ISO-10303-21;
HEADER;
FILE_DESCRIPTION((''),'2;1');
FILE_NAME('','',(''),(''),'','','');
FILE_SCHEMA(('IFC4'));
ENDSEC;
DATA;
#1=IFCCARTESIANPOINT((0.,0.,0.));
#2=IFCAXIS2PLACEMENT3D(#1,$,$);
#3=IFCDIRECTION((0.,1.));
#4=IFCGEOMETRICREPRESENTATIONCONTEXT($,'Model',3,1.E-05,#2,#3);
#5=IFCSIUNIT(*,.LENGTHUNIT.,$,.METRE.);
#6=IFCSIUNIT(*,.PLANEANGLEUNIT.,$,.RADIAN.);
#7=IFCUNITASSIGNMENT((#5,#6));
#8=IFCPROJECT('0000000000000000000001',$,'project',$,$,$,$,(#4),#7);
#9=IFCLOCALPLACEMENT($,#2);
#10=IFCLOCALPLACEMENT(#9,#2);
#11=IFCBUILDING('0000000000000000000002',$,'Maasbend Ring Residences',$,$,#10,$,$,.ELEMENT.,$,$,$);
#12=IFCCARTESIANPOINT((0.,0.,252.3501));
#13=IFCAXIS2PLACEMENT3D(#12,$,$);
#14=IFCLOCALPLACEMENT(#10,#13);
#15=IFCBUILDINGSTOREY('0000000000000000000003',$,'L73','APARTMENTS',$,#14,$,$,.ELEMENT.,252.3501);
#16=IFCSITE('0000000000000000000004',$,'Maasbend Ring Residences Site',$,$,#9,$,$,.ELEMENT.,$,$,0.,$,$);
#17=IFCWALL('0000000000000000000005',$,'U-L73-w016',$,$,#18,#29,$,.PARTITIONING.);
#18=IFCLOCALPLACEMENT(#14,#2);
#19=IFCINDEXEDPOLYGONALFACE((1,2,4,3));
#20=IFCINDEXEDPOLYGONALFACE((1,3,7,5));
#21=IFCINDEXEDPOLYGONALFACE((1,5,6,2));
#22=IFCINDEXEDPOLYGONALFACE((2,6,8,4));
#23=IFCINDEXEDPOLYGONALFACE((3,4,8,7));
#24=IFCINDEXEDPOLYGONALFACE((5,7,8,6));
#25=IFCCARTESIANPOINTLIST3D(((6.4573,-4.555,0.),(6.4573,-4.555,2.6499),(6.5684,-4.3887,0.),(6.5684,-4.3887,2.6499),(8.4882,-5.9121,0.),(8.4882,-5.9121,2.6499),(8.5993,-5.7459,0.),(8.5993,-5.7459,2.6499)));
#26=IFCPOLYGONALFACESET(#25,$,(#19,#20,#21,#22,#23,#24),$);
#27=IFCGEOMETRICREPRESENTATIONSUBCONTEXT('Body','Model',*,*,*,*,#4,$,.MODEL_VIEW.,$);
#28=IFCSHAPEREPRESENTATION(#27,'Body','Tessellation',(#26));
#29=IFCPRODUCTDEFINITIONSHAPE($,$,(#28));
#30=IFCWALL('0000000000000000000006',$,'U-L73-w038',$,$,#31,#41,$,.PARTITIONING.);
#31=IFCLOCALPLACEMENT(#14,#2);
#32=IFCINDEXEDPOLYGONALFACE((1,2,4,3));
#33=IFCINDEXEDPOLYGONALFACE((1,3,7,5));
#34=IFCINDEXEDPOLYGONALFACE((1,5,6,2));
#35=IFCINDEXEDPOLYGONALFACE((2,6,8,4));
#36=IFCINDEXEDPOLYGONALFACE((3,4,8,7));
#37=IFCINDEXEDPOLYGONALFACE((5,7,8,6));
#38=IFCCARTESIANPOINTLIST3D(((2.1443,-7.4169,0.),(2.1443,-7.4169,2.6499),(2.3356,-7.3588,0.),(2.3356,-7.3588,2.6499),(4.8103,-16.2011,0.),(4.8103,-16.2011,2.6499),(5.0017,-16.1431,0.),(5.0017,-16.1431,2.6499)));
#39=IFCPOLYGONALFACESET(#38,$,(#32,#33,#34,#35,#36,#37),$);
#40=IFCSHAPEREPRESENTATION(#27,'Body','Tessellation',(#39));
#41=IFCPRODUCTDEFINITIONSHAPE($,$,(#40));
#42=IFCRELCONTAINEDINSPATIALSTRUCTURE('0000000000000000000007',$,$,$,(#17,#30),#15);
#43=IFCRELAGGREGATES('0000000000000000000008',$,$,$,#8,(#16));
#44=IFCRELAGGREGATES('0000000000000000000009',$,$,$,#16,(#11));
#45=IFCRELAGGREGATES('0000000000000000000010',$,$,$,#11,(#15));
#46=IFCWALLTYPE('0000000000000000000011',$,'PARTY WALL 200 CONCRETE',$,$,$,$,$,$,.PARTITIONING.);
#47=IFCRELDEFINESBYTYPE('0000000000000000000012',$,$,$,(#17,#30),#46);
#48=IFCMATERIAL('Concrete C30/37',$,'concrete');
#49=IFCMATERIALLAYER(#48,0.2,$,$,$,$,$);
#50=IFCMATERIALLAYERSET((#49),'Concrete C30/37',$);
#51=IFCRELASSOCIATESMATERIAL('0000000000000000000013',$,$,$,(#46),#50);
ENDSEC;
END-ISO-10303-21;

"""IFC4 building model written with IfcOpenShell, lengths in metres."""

from ifc_helpers import new_model, si_unit, direction, frame, frame_2d, origin, place, context, subcontext, project, spatial, rectangle, extrude, material, layer, layer_set, type_object, element, save


model = new_model("IFC4")

# Units and contexts
model_context = context("Model", 3, precision=1e-05, world=origin(), true_north=direction((0.0, 1.0)))
body_context = subcontext(model_context, "Body", "Model", "MODEL_VIEW")
ifc_project = project(units=[si_unit("LENGTHUNIT", "METRE"), si_unit("PLANEANGLEUNIT", "RADIAN")], contexts=[model_context])

# Site, building, storey
site_placement = place(None, origin())
site = spatial("IfcSite", under=ifc_project, at=site_placement, Name="Maasbend Ring Residences Site", CompositionType="ELEMENT", RefElevation=0.0)
building_placement = place(site_placement, origin())
building = spatial("IfcBuilding", under=site, at=building_placement, Name="Maasbend Ring Residences", CompositionType="ELEMENT")
storey_placement = place(building_placement, frame((0.0, 0.0, 252.3501)))
storey = spatial("IfcBuildingStorey", under=building, at=storey_placement, Name="L73", Description="APARTMENTS", CompositionType="ELEMENT", Elevation=252.3501)

# Walls
ifc_material_1 = material(Name="Concrete C30/37", Category="concrete")
ifc_layer_1 = layer(ifc_material_1, 0.2)
ifc_layer_set_1 = layer_set([ifc_layer_1], Name="Concrete C30/37")
wall_type_1 = type_object("IfcWallType", Name="PARTY WALL 200 CONCRETE", PredefinedType="PARTITIONING", material=ifc_layer_set_1)
wall_1_placement = place(storey_placement, frame((6.5129, -4.4719, 0.0), z_axis=(0.0, 0.0, 1.0), x_axis=(0.83145, -0.555599, 0.0)))
element("IfcWall", 1, at=wall_1_placement, inside=storey, type_object=wall_type_1, Name="U-L73-w016", PredefinedType="PARTITIONING", context=body_context, shape_type="SweptSolid", body=[
    extrude(rectangle(XDim=2.4426, YDim=0.2, at=frame_2d((1.2212, 0.0))), origin(), (0.0, 0.0, 1.0), 2.6499),
])
wall_2_placement = place(storey_placement, frame((2.24, -7.3879, 0.0), z_axis=(0.0, 0.0, 1.0), x_axis=(0.290421, -0.956899, 0.0)))
element("IfcWall", 2, at=wall_2_placement, inside=storey, type_object=wall_type_1, Name="U-L73-w038", PredefinedType="PARTITIONING", context=body_context, shape_type="SweptSolid", body=[
    extrude(rectangle(XDim=9.1799, YDim=0.2, at=frame_2d((4.5898, 0.0))), origin(), (0.0, 0.0, 1.0), 2.6499),
])

save(model, "model.ifc")
